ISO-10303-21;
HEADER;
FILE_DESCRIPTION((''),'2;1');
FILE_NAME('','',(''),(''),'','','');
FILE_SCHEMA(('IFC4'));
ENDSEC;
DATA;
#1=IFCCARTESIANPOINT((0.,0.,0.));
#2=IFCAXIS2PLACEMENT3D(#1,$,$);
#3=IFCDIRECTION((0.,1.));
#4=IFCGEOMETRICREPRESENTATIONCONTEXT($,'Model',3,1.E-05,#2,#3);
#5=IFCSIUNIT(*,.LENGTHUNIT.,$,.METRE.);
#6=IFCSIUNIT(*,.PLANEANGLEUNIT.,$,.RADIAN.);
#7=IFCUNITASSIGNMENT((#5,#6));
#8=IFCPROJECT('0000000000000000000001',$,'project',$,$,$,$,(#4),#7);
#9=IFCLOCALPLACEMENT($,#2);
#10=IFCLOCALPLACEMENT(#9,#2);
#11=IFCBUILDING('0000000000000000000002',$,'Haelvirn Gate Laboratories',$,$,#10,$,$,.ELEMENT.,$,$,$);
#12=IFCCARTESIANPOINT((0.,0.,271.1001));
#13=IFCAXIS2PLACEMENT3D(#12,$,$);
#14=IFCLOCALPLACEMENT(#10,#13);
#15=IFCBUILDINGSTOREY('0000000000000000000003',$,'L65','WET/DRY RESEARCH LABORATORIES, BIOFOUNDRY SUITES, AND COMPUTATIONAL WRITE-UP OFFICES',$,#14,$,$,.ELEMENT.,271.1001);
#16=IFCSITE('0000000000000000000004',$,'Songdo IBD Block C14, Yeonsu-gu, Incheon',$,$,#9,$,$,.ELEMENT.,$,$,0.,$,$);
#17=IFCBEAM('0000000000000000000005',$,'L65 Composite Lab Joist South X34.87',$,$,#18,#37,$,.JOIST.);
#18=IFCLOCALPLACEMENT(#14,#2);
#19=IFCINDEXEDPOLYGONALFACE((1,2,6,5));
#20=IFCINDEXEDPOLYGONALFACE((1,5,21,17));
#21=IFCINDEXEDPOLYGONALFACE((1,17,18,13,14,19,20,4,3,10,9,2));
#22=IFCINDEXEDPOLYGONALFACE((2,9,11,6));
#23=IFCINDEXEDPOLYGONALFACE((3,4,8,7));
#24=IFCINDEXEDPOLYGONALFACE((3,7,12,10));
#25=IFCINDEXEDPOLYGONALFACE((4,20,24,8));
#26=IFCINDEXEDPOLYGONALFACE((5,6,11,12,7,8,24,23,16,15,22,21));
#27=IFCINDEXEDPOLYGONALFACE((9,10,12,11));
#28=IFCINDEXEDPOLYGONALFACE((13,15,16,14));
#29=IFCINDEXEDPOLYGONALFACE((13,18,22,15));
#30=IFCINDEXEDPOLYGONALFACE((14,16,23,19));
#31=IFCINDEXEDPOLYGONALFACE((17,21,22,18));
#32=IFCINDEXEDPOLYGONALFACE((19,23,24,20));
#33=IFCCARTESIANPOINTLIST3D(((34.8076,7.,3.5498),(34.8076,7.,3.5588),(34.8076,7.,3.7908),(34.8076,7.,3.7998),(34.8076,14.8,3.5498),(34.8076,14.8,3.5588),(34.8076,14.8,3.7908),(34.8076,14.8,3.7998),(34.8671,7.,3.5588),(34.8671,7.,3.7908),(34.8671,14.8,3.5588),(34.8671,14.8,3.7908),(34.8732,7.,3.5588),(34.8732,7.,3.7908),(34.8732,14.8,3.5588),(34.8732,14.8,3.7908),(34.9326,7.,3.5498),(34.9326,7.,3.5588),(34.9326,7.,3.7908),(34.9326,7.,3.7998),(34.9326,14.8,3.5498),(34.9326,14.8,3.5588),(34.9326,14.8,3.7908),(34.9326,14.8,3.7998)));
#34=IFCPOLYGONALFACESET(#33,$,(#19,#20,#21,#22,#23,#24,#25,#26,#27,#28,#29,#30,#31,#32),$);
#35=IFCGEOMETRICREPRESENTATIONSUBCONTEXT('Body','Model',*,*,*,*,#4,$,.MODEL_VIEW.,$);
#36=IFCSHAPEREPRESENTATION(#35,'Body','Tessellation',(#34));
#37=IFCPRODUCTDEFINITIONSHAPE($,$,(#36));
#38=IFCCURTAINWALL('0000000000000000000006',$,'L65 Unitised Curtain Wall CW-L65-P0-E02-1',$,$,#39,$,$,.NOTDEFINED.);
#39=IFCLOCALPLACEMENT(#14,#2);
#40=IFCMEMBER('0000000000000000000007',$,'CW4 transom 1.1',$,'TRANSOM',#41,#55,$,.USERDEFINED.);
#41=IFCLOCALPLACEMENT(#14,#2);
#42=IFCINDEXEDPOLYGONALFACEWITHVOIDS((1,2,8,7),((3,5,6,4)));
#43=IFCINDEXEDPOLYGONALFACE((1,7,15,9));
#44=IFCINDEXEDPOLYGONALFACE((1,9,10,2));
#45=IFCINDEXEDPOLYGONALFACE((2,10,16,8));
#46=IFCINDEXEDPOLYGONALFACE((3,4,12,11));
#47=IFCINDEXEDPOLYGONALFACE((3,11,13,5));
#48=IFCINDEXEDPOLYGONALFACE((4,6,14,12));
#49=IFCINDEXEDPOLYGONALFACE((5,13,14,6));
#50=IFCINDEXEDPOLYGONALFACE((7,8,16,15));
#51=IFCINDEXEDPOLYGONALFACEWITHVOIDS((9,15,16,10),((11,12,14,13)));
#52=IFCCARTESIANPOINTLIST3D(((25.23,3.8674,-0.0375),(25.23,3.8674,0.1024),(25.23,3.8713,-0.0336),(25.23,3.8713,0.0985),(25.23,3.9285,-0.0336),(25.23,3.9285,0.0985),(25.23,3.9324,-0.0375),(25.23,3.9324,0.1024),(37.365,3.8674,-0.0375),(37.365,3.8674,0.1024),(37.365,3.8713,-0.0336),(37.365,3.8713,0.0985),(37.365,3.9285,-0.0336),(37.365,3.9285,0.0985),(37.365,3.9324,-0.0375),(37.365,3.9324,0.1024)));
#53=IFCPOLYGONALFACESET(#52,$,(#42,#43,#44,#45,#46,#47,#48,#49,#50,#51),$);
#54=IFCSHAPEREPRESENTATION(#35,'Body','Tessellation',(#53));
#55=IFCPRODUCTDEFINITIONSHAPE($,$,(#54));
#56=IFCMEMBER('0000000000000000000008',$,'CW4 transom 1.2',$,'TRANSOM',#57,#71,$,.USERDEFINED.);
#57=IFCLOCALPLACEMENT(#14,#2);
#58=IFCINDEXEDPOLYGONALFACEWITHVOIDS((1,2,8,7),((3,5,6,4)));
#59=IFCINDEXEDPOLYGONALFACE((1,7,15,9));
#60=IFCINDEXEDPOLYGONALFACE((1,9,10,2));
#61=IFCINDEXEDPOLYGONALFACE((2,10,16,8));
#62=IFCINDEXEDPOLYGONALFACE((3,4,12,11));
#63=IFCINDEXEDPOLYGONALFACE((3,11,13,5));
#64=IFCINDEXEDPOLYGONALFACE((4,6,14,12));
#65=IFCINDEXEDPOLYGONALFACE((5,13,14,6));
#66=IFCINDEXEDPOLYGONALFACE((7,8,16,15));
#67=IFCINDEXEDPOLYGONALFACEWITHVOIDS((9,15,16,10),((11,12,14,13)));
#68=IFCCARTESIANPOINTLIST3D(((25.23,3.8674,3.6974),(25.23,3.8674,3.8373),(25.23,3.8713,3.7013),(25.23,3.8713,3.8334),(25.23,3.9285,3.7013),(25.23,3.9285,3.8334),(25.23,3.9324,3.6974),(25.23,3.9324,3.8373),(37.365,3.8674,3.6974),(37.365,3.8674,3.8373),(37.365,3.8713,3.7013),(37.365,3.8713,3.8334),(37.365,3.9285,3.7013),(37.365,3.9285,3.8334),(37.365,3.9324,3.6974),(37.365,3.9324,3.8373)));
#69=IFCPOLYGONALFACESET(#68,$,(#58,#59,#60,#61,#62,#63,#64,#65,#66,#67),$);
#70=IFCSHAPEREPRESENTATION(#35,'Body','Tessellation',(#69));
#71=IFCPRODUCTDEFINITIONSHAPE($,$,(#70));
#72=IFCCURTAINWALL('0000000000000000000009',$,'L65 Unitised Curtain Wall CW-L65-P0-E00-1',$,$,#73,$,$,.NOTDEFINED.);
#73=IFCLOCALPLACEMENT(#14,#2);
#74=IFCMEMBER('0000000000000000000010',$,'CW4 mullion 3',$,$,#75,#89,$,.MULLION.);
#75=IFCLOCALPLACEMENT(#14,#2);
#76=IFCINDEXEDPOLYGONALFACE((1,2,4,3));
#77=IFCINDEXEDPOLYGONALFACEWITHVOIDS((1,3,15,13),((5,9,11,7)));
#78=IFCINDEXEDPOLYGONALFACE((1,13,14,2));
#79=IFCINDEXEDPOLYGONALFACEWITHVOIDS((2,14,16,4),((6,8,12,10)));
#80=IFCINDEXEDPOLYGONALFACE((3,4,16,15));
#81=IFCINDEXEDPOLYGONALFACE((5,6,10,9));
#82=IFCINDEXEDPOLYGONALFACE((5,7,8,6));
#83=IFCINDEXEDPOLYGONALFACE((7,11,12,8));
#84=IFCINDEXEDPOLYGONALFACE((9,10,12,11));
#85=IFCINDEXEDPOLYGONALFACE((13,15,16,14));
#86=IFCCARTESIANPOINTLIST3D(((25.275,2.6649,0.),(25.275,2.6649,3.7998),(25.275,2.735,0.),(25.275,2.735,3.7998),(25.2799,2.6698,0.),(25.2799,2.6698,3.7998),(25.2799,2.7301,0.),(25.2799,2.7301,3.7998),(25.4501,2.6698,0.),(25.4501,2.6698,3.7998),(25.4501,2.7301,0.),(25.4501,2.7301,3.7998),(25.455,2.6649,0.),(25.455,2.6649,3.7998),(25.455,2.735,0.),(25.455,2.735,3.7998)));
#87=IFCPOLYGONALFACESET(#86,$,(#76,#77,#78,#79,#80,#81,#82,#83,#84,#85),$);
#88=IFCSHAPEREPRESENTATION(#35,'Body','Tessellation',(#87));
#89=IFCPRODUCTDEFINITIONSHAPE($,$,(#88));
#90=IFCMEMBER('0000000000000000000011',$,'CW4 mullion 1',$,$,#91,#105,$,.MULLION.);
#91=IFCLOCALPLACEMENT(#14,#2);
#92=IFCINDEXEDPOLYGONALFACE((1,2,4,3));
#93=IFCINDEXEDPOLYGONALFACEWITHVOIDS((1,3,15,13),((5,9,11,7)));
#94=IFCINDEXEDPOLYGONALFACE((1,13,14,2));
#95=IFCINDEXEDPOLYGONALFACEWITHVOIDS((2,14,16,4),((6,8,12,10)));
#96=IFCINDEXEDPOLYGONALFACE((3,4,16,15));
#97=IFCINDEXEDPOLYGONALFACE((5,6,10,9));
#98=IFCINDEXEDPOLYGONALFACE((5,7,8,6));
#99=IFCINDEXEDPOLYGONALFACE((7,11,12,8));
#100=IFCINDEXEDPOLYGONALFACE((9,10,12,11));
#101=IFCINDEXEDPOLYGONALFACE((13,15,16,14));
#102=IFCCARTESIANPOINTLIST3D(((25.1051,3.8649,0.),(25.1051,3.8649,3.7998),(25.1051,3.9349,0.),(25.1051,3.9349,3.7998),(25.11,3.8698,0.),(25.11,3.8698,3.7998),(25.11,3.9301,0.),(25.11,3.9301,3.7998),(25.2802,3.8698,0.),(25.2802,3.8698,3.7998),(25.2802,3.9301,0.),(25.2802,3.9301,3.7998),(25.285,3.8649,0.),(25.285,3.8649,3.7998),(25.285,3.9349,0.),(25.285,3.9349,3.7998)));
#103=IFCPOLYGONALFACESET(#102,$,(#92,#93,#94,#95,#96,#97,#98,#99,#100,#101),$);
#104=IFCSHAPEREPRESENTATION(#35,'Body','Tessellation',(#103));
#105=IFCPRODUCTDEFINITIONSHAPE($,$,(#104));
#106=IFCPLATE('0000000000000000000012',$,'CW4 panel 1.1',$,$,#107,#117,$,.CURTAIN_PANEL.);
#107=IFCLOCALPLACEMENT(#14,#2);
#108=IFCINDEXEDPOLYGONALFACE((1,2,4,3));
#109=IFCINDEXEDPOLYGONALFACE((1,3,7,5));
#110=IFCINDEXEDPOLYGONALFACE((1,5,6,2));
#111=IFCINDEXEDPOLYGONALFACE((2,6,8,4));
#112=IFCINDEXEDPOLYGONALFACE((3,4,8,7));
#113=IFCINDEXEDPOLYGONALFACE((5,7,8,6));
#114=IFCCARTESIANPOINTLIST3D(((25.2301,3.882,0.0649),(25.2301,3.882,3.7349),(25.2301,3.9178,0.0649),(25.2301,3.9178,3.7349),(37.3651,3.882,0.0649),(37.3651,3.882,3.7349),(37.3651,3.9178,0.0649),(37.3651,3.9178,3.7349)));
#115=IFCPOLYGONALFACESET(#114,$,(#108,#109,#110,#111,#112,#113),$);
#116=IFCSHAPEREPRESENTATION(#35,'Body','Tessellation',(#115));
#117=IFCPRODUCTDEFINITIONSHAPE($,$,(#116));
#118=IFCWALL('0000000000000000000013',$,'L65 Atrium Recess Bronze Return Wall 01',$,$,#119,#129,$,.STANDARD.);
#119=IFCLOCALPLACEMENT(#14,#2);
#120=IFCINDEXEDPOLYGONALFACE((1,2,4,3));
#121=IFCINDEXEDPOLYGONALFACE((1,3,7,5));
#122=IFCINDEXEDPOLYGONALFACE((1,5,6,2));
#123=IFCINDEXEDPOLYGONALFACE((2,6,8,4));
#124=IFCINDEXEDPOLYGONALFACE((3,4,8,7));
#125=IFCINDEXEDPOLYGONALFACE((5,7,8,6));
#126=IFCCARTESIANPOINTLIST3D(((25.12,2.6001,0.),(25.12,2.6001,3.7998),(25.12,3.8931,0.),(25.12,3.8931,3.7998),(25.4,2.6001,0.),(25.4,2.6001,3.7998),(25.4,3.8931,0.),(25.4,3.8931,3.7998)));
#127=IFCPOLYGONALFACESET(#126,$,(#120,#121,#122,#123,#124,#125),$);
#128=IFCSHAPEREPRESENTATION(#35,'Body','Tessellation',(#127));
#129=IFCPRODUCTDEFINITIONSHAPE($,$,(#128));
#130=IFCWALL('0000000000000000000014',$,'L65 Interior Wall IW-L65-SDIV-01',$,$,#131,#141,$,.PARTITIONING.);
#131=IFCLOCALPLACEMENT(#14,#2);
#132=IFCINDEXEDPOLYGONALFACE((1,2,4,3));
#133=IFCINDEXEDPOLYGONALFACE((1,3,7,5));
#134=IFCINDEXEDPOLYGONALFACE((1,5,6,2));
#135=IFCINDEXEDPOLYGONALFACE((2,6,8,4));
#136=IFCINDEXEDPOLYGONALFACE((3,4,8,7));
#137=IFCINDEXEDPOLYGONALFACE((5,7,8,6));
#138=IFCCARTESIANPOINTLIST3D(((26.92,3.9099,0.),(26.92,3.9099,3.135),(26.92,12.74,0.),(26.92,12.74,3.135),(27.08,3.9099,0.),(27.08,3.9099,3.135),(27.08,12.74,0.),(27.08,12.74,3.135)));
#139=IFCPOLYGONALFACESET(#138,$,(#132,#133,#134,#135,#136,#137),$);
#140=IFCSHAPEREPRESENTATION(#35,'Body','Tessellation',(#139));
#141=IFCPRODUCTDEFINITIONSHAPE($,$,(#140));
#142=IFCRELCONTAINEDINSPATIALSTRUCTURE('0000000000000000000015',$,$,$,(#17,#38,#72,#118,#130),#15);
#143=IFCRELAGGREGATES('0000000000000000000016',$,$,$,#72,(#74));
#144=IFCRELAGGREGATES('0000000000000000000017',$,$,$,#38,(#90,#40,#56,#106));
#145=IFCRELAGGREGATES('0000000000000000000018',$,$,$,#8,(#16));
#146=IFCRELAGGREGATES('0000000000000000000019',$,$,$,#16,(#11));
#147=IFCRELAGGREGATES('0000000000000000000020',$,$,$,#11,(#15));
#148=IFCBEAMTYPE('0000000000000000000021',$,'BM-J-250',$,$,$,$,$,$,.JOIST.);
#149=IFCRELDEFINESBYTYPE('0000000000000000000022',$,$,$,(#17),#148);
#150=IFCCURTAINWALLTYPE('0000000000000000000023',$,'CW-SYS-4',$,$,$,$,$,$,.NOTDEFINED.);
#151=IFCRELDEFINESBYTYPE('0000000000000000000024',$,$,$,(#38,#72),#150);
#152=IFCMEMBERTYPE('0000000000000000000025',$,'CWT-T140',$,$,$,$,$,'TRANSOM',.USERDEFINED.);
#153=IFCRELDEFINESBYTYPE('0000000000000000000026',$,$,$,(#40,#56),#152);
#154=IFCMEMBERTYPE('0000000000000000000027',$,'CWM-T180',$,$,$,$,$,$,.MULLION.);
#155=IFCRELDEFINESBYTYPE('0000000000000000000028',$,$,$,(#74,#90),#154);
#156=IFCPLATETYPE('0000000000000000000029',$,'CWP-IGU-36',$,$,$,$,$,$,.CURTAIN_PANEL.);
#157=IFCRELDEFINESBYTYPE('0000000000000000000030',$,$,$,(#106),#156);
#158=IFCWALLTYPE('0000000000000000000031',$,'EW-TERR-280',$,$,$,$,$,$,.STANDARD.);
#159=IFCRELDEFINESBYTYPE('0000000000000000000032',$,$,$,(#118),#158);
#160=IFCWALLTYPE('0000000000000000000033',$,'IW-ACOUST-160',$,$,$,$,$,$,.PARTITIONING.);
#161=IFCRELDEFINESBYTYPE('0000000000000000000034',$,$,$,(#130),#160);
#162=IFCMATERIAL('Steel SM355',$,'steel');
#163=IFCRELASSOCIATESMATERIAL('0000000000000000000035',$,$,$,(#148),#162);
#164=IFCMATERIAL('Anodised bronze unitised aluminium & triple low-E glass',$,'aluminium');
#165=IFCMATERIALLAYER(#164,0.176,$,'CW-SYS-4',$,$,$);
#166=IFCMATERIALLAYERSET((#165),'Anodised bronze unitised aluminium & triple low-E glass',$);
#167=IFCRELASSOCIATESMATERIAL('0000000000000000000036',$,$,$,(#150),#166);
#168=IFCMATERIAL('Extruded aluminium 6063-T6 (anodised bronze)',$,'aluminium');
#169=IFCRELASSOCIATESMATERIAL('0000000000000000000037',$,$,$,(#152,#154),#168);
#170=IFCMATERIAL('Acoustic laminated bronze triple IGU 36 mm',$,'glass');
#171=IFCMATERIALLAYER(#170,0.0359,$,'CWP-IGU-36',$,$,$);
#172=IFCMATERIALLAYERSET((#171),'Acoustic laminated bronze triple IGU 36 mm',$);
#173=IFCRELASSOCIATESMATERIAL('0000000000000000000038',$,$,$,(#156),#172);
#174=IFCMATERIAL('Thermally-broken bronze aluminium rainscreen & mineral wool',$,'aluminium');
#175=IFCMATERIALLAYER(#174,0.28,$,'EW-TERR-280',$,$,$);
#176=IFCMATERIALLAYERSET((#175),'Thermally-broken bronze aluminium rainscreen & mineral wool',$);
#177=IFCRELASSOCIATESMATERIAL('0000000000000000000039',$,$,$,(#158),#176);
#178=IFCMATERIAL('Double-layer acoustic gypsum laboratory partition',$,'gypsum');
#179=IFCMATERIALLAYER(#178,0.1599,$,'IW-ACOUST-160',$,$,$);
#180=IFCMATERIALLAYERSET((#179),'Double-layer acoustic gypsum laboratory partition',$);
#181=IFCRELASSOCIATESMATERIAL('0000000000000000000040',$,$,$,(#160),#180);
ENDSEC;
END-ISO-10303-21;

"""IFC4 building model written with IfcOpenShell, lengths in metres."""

from ifc_helpers import new_model, si_unit, direction, frame, frame_2d, origin, origin_2d, place, context, subcontext, project, spatial, rectangle, hollow_rectangle, i_section, extrude, source, transform, mapped, material, layer, layer_set, material_profile, profile_set, type_object, type_shapes, element, aggregate, save


model = new_model("IFC4")

# Units and contexts
model_context = context("Model", 3, precision=1e-05, world=origin(), true_north=direction((0.0, 1.0)))
body_context = subcontext(model_context, "Body", "Model", "MODEL_VIEW")
ifc_project = project(units=[si_unit("LENGTHUNIT", "METRE"), si_unit("PLANEANGLEUNIT", "RADIAN")], contexts=[model_context])

# Site, building, storey
site_placement = place(None, origin())
site = spatial("IfcSite", under=ifc_project, at=site_placement, Name="Songdo IBD Block C14, Yeonsu-gu, Incheon", CompositionType="ELEMENT", RefElevation=0.0)
building_placement = place(site_placement, origin())
building = spatial("IfcBuilding", under=site, at=building_placement, Name="Haelvirn Gate Laboratories", CompositionType="ELEMENT")
storey_placement = place(building_placement, frame((0.0, 0.0, 271.1001)))
storey = spatial("IfcBuildingStorey", under=building, at=storey_placement, Name="L65", Description="WET/DRY RESEARCH LABORATORIES, BIOFOUNDRY SUITES, AND COMPUTATIONAL WRITE-UP OFFICES", CompositionType="ELEMENT", Elevation=271.1001)

# Shared definitions
ifc_material_1 = material(Name="Steel SM355", Category="steel")

# Beam
ifc_material_profile_1 = material_profile(ifc_material_1, i_section(OverallWidth=0.125, OverallDepth=0.25, WebThickness=0.0061, FlangeThickness=0.009, at=origin_2d()), Name="H-250x125x6x9")
ifc_profile_set_1 = profile_set([ifc_material_profile_1], Name="Steel SM355")
beam_type_1 = type_object("IfcBeamType", Name="BM-J-250", PredefinedType="JOIST", material=ifc_profile_set_1)
shared_shape_1 = source(origin(), body_context, "Body", "SweptSolid", [
    extrude(i_section(OverallWidth=0.125, OverallDepth=0.25, WebThickness=0.0061, FlangeThickness=0.009, at=origin_2d()), origin(), (0.0, 0.0, 1.0), 7.8),
])
type_shapes(beam_type_1, [shared_shape_1])
for number, where, z_axis, x_axis, name in (
    (1, (34.8701, 7.0, 3.6748), (0.0, 1.0, 0.0), (-1.0, 0.0, 0.0), "L65 Composite Lab Joist South X34.87"),
):
    element("IfcBeam", number, at=place(storey_placement, frame(where, z_axis=z_axis, x_axis=x_axis)), inside=storey, type_object=beam_type_1, Name=name, PredefinedType="JOIST", context=body_context, shape_type="MappedRepresentation", body=[
        mapped(shared_shape_1, transform((0.0, 0.0, 0.0), scale=1.0)),
    ])

# Curtain wall, members
ifc_material_2 = material(Name="Anodised bronze unitised aluminium & triple low-E glass", Category="aluminium")
ifc_layer_1 = layer(ifc_material_2, 0.176, Name="CW-SYS-4")
ifc_layer_set_1 = layer_set([ifc_layer_1], Name="Anodised bronze unitised aluminium & triple low-E glass")
curtain_wall_type = type_object("IfcCurtainWallType", Name="CW-SYS-4", PredefinedType="NOTDEFINED", material=ifc_layer_set_1)
curtain_wall_1_placement = place(storey_placement, origin())
curtain_wall_1 = element("IfcCurtainWall", 2, at=curtain_wall_1_placement, inside=storey, type_object=curtain_wall_type, Name="L65 Unitised Curtain Wall CW-L65-P0-E02-1", PredefinedType="NOTDEFINED")
ifc_material_3 = material(Name="Extruded aluminium 6063-T6 (anodised bronze)", Category="aluminium")
ifc_material_profile_2 = material_profile(ifc_material_3, hollow_rectangle(XDim=0.0649, YDim=0.1399, WallThickness=0.0039, at=origin_2d()), Name="CWT-140x65x4")
ifc_profile_set_2 = profile_set([ifc_material_profile_2], Name="Extruded aluminium 6063-T6 (anodised bronze)")
member_type_1 = type_object("IfcMemberType", Name="CWT-T140", ElementType="TRANSOM", PredefinedType="USERDEFINED", material=ifc_profile_set_2)
shared_shape_2 = source(origin(), body_context, "Body", "SweptSolid", [
    extrude(hollow_rectangle(XDim=0.0649, YDim=0.1399, WallThickness=0.0039, at=origin_2d()), origin(), (0.0, 0.0, 1.0), 12.135),
])
type_shapes(member_type_1, [shared_shape_2])
member_1_placement = place(storey_placement, frame((25.23, 3.8999, 0.0325), z_axis=(1.0, 0.0, 0.0), x_axis=(0.0, 1.0, 0.0)))
member_1 = element("IfcMember", 3, at=member_1_placement, type_object=member_type_1, Name="CW4 transom 1.1", ObjectType="TRANSOM", PredefinedType="USERDEFINED", context=body_context, shape_type="MappedRepresentation", body=[
    mapped(shared_shape_2, transform((0.0, 0.0, 0.0), scale=1.0)),
])
member_2_placement = place(storey_placement, frame((25.23, 3.8999, 3.7673), z_axis=(1.0, 0.0, 0.0), x_axis=(0.0, 1.0, 0.0)))
member_2 = element("IfcMember", 4, at=member_2_placement, type_object=member_type_1, Name="CW4 transom 1.2", ObjectType="TRANSOM", PredefinedType="USERDEFINED", context=body_context, shape_type="MappedRepresentation", body=[
    mapped(shared_shape_2, transform((0.0, 0.0, 0.0), scale=1.0)),
])

# Curtain wall, member
curtain_wall_2_placement = place(storey_placement, origin())
curtain_wall_2 = element("IfcCurtainWall", 5, at=curtain_wall_2_placement, inside=storey, type_object=curtain_wall_type, Name="L65 Unitised Curtain Wall CW-L65-P0-E00-1", PredefinedType="NOTDEFINED")
ifc_material_profile_3 = material_profile(ifc_material_3, hollow_rectangle(XDim=0.0701, YDim=0.1799, WallThickness=0.0049, at=origin_2d()), Name="CWM-180x70x5")
ifc_profile_set_3 = profile_set([ifc_material_profile_3], Name="Extruded aluminium 6063-T6 (anodised bronze)")
member_type_2 = type_object("IfcMemberType", Name="CWM-T180", PredefinedType="MULLION", material=ifc_profile_set_3)
shared_shape_3 = source(origin(), body_context, "Body", "SweptSolid", [
    extrude(hollow_rectangle(XDim=0.0701, YDim=0.1799, WallThickness=0.0049, at=origin_2d()), origin(), (0.0, 0.0, 1.0), 3.7998),
])
type_shapes(member_type_2, [shared_shape_3])
member_3_placement = place(storey_placement, frame((25.365, 2.7, 0.0), z_axis=(0.0, 0.0, 1.0), x_axis=(0.0, 1.0, 0.0)))
member_3 = element("IfcMember", 6, at=member_3_placement, type_object=member_type_2, Name="CW4 mullion 3", PredefinedType="MULLION", context=body_context, shape_type="MappedRepresentation", body=[
    mapped(shared_shape_3, transform((0.0, 0.0, 0.0), scale=1.0)),
])
aggregate(curtain_wall_2, [member_3])

# Member
member_4_placement = place(storey_placement, frame((25.1951, 3.8999, 0.0), z_axis=(0.0, 0.0, 1.0), x_axis=(0.0, 1.0, 0.0)))
member_4 = element("IfcMember", 7, at=member_4_placement, type_object=member_type_2, Name="CW4 mullion 1", PredefinedType="MULLION", context=body_context, shape_type="MappedRepresentation", body=[
    mapped(shared_shape_3, transform((0.0, 0.0, 0.0), scale=1.0)),
])

# Plate
ifc_material_4 = material(Name="Acoustic laminated bronze triple IGU 36 mm", Category="glass")
ifc_layer_2 = layer(ifc_material_4, 0.0359, Name="CWP-IGU-36")
ifc_layer_set_2 = layer_set([ifc_layer_2], Name="Acoustic laminated bronze triple IGU 36 mm")
plate_type = type_object("IfcPlateType", Name="CWP-IGU-36", PredefinedType="CURTAIN_PANEL", material=ifc_layer_set_2)
shared_shape_4 = source(origin(), body_context, "Body", "SweptSolid", [
    extrude(rectangle(XDim=12.135, YDim=0.0359, at=origin_2d()), origin(), (0.0, 0.0, 1.0), 3.6699),
])
type_shapes(plate_type, [shared_shape_4])
plate_placement = place(storey_placement, frame((31.2976, 3.8999, 0.0649), z_axis=(0.0, 0.0, 1.0), x_axis=(1.0, 0.0, 0.0)))
plate = element("IfcPlate", 8, at=plate_placement, type_object=plate_type, Name="CW4 panel 1.1", PredefinedType="CURTAIN_PANEL", context=body_context, shape_type="MappedRepresentation", body=[
    mapped(shared_shape_4, transform((0.0, 0.0, 0.0), scale=1.0)),
])
aggregate(curtain_wall_1, [member_4, member_1, member_2, plate])

# Walls
ifc_material_5 = material(Name="Thermally-broken bronze aluminium rainscreen & mineral wool", Category="aluminium")
ifc_layer_3 = layer(ifc_material_5, 0.28, Name="EW-TERR-280")
ifc_layer_set_3 = layer_set([ifc_layer_3], Name="Thermally-broken bronze aluminium rainscreen & mineral wool")
wall_type_1 = type_object("IfcWallType", Name="EW-TERR-280", PredefinedType="STANDARD", material=ifc_layer_set_3)
wall_1_placement = place(storey_placement, frame((25.26, 2.6001, 0.0), z_axis=(0.0, 0.0, 1.0), x_axis=(0.0, 1.0, 0.0)))
element("IfcWall", 9, at=wall_1_placement, inside=storey, type_object=wall_type_1, Name="L65 Atrium Recess Bronze Return Wall 01", PredefinedType="STANDARD", context=body_context, shape_type="SweptSolid", body=[
    extrude(rectangle(XDim=1.293, YDim=0.28, at=frame_2d((0.6465, 0.0))), origin(), (0.0, 0.0, 1.0), 3.7998),
])
ifc_material_6 = material(Name="Double-layer acoustic gypsum laboratory partition", Category="gypsum")
ifc_layer_4 = layer(ifc_material_6, 0.1599, Name="IW-ACOUST-160")
ifc_layer_set_4 = layer_set([ifc_layer_4], Name="Double-layer acoustic gypsum laboratory partition")
wall_type_2 = type_object("IfcWallType", Name="IW-ACOUST-160", PredefinedType="PARTITIONING", material=ifc_layer_set_4)
wall_2_placement = place(storey_placement, frame((27.0, 3.9099, 0.0), z_axis=(0.0, 0.0, 1.0), x_axis=(0.0, 1.0, 0.0)))
element("IfcWall", 10, at=wall_2_placement, inside=storey, type_object=wall_type_2, Name="L65 Interior Wall IW-L65-SDIV-01", PredefinedType="PARTITIONING", context=body_context, shape_type="SweptSolid", body=[
    extrude(rectangle(XDim=8.8301, YDim=0.1599, at=frame_2d((4.415, 0.0))), origin(), (0.0, 0.0, 1.0), 3.135),
])

save(model, "model.ifc")
